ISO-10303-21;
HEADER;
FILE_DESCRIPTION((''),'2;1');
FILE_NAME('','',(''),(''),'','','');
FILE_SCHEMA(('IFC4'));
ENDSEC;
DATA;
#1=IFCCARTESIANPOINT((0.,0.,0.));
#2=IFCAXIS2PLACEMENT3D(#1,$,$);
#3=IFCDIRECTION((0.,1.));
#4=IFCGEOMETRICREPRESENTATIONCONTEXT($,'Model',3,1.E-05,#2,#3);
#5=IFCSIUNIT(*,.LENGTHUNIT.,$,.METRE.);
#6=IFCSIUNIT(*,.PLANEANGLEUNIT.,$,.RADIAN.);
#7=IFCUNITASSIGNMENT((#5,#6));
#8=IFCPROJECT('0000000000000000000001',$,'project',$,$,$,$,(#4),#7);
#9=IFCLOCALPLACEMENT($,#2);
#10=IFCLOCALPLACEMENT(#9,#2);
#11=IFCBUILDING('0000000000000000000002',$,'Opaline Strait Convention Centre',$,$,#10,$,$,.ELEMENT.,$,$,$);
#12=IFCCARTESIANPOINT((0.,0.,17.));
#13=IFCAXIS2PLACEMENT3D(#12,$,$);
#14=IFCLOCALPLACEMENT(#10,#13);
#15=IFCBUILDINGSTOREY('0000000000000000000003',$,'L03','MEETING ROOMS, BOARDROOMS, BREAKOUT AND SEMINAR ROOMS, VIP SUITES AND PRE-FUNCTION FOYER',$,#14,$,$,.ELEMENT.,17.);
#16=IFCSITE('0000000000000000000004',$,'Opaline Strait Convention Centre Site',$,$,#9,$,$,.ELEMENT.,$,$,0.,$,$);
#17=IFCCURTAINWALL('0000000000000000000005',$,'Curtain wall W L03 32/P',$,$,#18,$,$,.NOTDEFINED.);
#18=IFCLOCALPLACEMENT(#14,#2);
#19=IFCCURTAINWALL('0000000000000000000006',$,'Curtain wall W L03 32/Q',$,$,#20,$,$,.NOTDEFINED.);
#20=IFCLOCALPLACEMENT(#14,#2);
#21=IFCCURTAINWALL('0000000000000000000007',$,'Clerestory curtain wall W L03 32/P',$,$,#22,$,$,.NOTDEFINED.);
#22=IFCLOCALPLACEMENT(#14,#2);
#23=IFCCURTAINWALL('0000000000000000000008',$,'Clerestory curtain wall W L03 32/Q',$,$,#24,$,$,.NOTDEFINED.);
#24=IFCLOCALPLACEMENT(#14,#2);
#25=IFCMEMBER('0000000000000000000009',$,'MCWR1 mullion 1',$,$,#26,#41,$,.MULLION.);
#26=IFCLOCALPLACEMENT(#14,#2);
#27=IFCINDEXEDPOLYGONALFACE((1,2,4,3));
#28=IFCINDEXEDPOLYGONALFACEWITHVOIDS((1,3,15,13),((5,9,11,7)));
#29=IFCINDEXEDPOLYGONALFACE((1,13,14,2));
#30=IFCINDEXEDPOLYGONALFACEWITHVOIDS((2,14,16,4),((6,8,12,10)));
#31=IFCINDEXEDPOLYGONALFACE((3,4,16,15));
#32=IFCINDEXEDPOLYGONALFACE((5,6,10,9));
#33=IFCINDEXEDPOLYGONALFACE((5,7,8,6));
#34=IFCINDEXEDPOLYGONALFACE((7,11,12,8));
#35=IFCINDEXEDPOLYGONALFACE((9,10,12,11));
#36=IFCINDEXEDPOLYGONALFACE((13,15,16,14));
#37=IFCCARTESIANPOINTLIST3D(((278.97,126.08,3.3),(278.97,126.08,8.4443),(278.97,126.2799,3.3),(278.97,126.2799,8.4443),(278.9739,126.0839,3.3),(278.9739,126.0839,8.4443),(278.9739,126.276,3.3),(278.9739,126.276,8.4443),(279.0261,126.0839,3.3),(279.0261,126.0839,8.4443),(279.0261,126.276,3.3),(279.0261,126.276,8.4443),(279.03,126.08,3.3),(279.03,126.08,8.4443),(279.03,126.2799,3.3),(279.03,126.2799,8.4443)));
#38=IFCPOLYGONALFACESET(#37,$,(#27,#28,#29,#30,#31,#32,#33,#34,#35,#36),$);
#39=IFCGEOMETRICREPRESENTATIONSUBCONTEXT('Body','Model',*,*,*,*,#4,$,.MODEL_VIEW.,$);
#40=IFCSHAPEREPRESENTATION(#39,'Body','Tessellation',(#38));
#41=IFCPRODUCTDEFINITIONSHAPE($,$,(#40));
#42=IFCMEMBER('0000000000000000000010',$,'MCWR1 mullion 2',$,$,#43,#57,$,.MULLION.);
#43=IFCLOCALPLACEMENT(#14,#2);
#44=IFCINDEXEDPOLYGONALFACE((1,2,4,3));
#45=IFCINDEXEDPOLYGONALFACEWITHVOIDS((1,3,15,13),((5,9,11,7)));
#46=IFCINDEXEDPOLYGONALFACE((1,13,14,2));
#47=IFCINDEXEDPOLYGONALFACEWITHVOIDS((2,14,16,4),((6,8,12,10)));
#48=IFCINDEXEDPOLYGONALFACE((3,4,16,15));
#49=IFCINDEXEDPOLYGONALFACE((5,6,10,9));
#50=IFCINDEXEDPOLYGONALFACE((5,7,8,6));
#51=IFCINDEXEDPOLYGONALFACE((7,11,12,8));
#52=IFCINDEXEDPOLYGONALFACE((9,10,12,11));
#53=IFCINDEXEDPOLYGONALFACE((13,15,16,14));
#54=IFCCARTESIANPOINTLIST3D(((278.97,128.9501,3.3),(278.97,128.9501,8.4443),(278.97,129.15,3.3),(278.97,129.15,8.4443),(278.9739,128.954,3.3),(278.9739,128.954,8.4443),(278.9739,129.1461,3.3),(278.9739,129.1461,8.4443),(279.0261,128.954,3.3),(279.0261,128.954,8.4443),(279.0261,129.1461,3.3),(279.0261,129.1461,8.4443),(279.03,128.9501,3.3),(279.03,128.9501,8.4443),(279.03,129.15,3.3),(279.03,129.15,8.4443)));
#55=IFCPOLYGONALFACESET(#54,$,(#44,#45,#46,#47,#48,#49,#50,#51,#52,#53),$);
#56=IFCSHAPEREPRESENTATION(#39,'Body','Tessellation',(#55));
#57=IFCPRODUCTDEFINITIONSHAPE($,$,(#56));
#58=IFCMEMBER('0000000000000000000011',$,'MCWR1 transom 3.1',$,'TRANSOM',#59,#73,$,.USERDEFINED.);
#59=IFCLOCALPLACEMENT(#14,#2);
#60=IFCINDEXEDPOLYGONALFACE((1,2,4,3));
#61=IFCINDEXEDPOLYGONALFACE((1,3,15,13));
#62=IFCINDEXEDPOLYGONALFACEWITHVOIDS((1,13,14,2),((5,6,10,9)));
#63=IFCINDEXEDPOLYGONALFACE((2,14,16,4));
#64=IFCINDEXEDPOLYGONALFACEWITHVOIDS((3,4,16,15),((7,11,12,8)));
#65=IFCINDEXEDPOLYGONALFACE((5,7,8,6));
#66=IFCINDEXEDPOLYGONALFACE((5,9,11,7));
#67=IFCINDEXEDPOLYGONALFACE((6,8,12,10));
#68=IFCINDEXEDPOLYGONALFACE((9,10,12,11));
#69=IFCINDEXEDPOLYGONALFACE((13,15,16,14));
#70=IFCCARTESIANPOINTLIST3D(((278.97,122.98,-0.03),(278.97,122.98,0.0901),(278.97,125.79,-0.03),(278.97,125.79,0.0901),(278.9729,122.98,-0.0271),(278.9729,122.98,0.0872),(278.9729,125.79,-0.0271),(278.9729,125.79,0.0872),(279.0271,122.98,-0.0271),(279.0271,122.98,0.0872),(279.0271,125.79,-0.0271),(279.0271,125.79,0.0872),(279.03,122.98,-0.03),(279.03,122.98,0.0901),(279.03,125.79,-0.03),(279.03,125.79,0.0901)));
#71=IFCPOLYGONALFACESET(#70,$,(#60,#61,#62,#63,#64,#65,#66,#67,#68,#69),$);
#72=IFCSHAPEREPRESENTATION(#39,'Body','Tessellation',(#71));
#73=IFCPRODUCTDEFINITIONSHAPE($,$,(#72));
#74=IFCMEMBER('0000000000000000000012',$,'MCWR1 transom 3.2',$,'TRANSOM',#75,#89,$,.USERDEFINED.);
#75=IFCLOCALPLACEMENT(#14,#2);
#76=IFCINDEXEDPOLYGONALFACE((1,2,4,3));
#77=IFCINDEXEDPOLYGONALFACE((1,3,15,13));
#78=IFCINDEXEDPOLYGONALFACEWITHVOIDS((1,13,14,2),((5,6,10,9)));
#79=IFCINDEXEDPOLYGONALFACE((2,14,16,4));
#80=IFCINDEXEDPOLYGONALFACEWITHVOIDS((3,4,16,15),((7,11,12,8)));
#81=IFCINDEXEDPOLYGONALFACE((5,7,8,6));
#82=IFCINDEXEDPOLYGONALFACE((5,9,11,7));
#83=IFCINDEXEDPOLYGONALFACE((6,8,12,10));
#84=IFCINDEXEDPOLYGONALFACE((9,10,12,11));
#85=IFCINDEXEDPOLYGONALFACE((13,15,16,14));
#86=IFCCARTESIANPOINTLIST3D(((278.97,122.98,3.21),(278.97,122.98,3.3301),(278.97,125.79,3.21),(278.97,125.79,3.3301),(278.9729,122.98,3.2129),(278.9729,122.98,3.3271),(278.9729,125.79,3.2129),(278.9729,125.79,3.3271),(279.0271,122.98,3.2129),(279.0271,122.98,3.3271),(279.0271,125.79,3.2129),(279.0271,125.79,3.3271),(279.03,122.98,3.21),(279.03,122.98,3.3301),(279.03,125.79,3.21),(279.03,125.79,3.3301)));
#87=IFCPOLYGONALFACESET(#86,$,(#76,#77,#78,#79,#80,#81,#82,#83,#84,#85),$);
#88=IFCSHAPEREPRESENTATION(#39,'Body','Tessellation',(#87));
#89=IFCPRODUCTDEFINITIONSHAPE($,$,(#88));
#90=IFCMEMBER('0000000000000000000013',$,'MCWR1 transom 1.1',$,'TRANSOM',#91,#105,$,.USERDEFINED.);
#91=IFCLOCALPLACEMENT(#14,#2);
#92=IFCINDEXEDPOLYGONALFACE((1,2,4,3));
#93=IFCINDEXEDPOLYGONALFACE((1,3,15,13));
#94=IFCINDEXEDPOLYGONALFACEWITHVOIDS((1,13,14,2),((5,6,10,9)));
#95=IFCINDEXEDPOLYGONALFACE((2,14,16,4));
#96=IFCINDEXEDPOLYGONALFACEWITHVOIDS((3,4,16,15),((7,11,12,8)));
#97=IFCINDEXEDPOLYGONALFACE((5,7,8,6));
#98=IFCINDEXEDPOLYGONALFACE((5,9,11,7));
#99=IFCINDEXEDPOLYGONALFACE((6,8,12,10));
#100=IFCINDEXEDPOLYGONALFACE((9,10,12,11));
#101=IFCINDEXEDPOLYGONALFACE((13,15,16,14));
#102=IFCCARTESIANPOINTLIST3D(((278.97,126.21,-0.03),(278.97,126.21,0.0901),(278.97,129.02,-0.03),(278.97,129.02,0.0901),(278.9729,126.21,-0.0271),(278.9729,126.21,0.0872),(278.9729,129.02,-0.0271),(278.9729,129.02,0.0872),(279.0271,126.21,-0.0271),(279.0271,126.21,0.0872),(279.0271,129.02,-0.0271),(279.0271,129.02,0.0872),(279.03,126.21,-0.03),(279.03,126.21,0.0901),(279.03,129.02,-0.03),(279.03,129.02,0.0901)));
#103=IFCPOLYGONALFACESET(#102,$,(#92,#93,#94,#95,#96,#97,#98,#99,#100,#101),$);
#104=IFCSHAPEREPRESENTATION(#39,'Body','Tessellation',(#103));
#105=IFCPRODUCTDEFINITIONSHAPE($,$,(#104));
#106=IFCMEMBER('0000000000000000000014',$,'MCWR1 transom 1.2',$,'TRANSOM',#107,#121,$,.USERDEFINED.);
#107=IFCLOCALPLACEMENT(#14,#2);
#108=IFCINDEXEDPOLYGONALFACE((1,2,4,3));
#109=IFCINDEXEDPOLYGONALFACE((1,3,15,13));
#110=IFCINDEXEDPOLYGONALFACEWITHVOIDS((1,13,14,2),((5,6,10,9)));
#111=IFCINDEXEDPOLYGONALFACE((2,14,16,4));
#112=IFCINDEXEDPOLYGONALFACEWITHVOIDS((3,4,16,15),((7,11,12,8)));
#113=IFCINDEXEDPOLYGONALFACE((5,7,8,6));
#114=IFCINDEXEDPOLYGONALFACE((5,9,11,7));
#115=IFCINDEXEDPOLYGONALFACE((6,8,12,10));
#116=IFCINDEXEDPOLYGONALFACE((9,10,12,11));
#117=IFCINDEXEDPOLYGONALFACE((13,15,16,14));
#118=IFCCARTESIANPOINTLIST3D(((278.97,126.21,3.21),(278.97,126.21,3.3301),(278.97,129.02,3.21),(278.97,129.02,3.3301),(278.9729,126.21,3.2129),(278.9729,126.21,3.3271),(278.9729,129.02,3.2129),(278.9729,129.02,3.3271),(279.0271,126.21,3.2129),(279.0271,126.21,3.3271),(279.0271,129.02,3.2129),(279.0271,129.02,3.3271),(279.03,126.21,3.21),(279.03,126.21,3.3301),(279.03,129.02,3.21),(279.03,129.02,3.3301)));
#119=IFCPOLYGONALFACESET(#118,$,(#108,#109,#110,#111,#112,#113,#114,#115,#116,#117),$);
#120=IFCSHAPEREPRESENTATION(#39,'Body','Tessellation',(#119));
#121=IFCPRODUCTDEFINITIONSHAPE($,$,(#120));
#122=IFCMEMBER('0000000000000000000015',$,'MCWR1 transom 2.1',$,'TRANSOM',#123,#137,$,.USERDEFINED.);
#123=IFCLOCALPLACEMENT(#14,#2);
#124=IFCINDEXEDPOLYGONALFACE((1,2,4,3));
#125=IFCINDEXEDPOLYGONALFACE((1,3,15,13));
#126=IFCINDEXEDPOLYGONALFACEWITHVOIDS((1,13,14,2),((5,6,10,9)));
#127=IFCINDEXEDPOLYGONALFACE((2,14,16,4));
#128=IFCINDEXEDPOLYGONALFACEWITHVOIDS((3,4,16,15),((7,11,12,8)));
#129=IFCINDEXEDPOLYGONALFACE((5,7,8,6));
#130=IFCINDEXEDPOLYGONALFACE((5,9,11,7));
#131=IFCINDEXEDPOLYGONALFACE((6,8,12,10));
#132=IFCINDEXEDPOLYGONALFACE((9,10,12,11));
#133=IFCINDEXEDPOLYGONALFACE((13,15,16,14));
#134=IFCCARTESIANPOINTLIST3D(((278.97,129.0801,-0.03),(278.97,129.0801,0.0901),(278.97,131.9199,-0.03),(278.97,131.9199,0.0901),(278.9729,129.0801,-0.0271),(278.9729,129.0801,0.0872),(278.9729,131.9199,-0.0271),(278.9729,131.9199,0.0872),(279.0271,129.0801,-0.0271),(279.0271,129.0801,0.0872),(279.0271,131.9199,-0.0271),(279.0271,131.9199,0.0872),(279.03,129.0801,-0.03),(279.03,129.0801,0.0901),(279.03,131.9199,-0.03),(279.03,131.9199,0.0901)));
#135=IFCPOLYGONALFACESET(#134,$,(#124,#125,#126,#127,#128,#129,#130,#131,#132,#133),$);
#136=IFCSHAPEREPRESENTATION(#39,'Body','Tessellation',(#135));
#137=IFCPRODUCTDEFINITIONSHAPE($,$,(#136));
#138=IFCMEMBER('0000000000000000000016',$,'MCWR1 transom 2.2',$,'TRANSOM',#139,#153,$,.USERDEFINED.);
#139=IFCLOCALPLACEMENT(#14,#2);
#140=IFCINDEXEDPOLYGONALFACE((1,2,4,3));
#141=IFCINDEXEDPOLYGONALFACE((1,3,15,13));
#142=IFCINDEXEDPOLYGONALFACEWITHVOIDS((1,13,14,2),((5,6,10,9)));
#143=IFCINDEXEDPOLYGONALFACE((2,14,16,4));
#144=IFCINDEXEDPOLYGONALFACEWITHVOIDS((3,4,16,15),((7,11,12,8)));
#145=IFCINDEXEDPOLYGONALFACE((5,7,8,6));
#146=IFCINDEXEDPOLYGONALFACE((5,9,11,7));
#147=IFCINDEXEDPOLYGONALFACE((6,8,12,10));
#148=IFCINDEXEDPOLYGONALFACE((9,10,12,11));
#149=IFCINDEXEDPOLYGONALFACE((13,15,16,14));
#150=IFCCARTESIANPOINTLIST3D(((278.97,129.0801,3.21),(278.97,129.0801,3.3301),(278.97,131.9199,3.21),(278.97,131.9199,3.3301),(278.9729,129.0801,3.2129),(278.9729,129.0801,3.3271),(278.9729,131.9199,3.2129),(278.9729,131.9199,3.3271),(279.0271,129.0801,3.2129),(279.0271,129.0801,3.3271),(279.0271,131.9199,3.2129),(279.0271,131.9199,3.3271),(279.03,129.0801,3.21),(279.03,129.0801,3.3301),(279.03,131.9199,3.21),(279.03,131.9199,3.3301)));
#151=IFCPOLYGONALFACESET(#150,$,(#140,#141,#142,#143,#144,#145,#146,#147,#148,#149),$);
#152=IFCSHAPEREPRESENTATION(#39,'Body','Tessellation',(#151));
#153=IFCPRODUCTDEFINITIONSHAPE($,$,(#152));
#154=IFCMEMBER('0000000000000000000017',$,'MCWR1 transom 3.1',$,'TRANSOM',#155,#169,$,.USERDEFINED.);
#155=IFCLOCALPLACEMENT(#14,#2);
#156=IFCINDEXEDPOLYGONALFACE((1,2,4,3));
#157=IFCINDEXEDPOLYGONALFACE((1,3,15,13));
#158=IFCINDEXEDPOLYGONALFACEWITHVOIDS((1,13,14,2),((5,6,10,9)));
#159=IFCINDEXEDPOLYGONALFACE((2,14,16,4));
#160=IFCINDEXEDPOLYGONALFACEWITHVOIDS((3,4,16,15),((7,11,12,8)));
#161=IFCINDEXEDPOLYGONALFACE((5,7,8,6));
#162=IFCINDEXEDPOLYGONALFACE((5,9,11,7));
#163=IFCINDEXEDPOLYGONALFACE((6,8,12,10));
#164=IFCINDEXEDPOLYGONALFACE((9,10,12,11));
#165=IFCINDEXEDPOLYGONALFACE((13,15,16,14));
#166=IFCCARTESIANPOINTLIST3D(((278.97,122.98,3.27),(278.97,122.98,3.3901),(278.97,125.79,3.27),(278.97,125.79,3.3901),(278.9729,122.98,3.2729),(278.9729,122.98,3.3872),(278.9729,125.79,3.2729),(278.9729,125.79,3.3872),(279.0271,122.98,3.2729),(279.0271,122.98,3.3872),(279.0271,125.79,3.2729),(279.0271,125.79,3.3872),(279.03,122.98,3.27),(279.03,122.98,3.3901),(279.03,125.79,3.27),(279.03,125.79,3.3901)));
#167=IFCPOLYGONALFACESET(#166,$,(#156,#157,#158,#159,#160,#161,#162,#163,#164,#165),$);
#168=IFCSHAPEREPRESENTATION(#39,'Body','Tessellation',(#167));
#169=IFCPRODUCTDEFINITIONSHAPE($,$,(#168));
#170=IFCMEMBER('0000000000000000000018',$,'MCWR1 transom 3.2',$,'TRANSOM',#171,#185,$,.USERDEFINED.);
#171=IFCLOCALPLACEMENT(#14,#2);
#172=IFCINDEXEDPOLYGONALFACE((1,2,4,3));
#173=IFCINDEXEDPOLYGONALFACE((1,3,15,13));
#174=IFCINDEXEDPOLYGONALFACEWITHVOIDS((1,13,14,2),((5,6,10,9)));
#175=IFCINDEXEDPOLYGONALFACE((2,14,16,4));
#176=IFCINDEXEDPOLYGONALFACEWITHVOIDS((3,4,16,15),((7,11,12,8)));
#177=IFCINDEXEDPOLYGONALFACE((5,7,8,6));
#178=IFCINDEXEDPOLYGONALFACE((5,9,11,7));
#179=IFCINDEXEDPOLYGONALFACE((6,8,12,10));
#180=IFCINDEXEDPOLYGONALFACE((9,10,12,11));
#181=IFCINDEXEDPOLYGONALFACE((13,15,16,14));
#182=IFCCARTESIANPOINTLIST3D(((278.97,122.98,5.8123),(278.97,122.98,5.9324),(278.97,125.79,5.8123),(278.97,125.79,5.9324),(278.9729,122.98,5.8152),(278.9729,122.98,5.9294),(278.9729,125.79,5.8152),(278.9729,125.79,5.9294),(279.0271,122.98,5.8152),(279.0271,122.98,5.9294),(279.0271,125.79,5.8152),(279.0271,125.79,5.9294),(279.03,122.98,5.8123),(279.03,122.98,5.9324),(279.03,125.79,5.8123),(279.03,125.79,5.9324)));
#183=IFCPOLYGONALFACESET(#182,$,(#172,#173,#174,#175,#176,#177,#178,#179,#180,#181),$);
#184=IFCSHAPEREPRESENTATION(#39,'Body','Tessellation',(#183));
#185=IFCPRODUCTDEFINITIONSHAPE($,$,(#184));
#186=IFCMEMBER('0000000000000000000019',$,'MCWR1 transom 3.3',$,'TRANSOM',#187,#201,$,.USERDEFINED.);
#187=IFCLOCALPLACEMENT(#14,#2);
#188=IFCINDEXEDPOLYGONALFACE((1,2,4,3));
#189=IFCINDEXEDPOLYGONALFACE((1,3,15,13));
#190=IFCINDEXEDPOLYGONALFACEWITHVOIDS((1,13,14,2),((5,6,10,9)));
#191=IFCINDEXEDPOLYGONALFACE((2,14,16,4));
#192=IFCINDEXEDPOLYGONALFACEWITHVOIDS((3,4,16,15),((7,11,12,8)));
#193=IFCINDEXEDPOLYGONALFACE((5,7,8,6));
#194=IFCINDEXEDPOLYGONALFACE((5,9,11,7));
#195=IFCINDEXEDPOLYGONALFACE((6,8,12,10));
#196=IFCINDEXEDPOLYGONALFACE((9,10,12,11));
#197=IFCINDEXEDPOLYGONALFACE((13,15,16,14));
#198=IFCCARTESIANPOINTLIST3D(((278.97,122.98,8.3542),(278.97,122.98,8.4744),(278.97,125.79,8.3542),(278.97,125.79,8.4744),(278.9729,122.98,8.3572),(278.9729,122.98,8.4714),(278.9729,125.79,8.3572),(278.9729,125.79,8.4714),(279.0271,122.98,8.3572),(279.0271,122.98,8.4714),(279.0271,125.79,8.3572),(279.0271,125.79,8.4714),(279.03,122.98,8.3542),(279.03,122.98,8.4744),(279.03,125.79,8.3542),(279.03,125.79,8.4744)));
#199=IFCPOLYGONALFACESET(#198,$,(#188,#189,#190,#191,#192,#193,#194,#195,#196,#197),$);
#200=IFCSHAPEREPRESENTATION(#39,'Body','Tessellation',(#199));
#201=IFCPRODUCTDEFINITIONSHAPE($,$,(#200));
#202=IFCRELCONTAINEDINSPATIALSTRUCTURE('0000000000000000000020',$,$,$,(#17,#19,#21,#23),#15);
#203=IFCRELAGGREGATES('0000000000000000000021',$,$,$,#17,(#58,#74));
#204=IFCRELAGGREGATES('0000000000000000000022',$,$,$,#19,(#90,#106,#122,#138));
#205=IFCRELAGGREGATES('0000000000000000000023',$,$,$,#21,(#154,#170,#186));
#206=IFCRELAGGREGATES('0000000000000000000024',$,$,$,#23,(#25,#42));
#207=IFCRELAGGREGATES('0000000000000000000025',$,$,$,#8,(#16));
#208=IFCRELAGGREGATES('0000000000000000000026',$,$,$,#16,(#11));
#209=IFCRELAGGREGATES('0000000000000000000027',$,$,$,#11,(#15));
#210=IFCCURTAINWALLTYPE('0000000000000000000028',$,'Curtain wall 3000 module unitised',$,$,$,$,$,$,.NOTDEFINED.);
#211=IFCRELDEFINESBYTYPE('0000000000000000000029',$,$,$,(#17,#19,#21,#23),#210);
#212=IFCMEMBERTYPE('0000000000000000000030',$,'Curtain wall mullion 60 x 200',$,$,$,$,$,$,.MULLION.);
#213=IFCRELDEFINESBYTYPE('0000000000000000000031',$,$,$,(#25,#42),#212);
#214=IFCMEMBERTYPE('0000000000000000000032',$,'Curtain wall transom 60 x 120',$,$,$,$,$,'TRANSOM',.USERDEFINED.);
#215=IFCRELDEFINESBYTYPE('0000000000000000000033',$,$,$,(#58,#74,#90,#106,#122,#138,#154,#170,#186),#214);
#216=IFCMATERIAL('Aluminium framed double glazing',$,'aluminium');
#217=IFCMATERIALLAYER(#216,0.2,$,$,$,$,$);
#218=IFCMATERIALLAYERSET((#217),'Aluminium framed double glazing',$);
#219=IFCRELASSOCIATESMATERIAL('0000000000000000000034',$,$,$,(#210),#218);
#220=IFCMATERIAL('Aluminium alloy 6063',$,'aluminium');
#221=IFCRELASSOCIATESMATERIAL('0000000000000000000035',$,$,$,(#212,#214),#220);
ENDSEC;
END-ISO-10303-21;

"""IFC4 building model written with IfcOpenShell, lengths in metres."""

from ifc_helpers import new_model, si_unit, direction, frame, origin, origin_2d, place, context, subcontext, project, spatial, hollow_rectangle, extrude, material, layer, layer_set, material_profile, profile_set, type_object, element, aggregate, save


model = new_model("IFC4")

# Units and contexts
model_context = context("Model", 3, precision=1e-05, world=origin(), true_north=direction((0.0, 1.0)))
body_context = subcontext(model_context, "Body", "Model", "MODEL_VIEW")
ifc_project = project(units=[si_unit("LENGTHUNIT", "METRE"), si_unit("PLANEANGLEUNIT", "RADIAN")], contexts=[model_context])

# Site, building, storey
site_placement = place(None, origin())
site = spatial("IfcSite", under=ifc_project, at=site_placement, Name="Opaline Strait Convention Centre Site", CompositionType="ELEMENT", RefElevation=0.0)
building_placement = place(site_placement, origin())
building = spatial("IfcBuilding", under=site, at=building_placement, Name="Opaline Strait Convention Centre", CompositionType="ELEMENT")
storey_placement = place(building_placement, frame((0.0, 0.0, 17.0)))
storey = spatial("IfcBuildingStorey", under=building, at=storey_placement, Name="L03", Description="MEETING ROOMS, BOARDROOMS, BREAKOUT AND SEMINAR ROOMS, VIP SUITES AND PRE-FUNCTION FOYER", CompositionType="ELEMENT", Elevation=17.0)

# Curtain walls, members
ifc_material_1 = material(Name="Aluminium framed double glazing", Category="aluminium")
ifc_layer_1 = layer(ifc_material_1, 0.2)
ifc_layer_set_1 = layer_set([ifc_layer_1], Name="Aluminium framed double glazing")
curtain_wall_type = type_object("IfcCurtainWallType", Name="Curtain wall 3000 module unitised", PredefinedType="NOTDEFINED", material=ifc_layer_set_1)
curtain_wall_1_placement = place(storey_placement, origin())
curtain_wall_1 = element("IfcCurtainWall", 1, at=curtain_wall_1_placement, inside=storey, type_object=curtain_wall_type, Name="Curtain wall W L03 32/P", PredefinedType="NOTDEFINED")
ifc_material_2 = material(Name="Aluminium alloy 6063", Category="aluminium")
ifc_material_profile_1 = material_profile(ifc_material_2, hollow_rectangle(XDim=0.0601, YDim=0.2, WallThickness=0.0039, at=origin_2d()), Name="MULLION 60x200x4")
ifc_profile_set_1 = profile_set([ifc_material_profile_1], Name="Aluminium alloy 6063")
member_type_1 = type_object("IfcMemberType", Name="Curtain wall mullion 60 x 200", PredefinedType="MULLION", material=ifc_profile_set_1)
curtain_wall_2_placement = place(storey_placement, origin())
curtain_wall_2 = element("IfcCurtainWall", 2, at=curtain_wall_2_placement, inside=storey, type_object=curtain_wall_type, Name="Curtain wall W L03 32/Q", PredefinedType="NOTDEFINED")
curtain_wall_3_placement = place(storey_placement, origin())
curtain_wall_3 = element("IfcCurtainWall", 3, at=curtain_wall_3_placement, inside=storey, type_object=curtain_wall_type, Name="Clerestory curtain wall W L03 32/P", PredefinedType="NOTDEFINED")
curtain_wall_4_placement = place(storey_placement, origin())
curtain_wall_4 = element("IfcCurtainWall", 4, at=curtain_wall_4_placement, inside=storey, type_object=curtain_wall_type, Name="Clerestory curtain wall W L03 32/Q", PredefinedType="NOTDEFINED")
member_1_placement = place(storey_placement, frame((279.0, 126.1799, 3.3), z_axis=(0.0, 0.0, 1.0), x_axis=(-1.0, 0.0, 0.0)))
member_1 = element("IfcMember", 5, at=member_1_placement, type_object=member_type_1, Name="MCWR1 mullion 1", PredefinedType="MULLION", context=body_context, shape_type="SweptSolid", body=[
    extrude(hollow_rectangle(XDim=0.0601, YDim=0.2, WallThickness=0.0039, at=origin_2d()), origin(), (0.0, 0.0, 1.0), 5.1443),
])
member_2_placement = place(storey_placement, frame((279.0, 129.05, 3.3), z_axis=(0.0, 0.0, 1.0), x_axis=(-1.0, 0.0, 0.0)))
member_2 = element("IfcMember", 6, at=member_2_placement, type_object=member_type_1, Name="MCWR1 mullion 2", PredefinedType="MULLION", context=body_context, shape_type="SweptSolid", body=[
    extrude(hollow_rectangle(XDim=0.0601, YDim=0.2, WallThickness=0.0039, at=origin_2d()), origin(), (0.0, 0.0, 1.0), 5.1443),
])

# Members
ifc_material_profile_2 = material_profile(ifc_material_2, hollow_rectangle(XDim=0.0601, YDim=0.1201, WallThickness=0.0029, at=origin_2d()), Name="TRANSOM 60x120x3")
ifc_profile_set_2 = profile_set([ifc_material_profile_2], Name="Aluminium alloy 6063")
member_type_2 = type_object("IfcMemberType", Name="Curtain wall transom 60 x 120", ElementType="TRANSOM", PredefinedType="USERDEFINED", material=ifc_profile_set_2)
member_3_placement = place(storey_placement, frame((279.0, 122.98, 0.03), z_axis=(0.0, 1.0, 0.0), x_axis=(-1.0, 0.0, 0.0)))
member_3 = element("IfcMember", 7, at=member_3_placement, type_object=member_type_2, Name="MCWR1 transom 3.1", ObjectType="TRANSOM", PredefinedType="USERDEFINED", context=body_context, shape_type="SweptSolid", body=[
    extrude(hollow_rectangle(XDim=0.0601, YDim=0.1201, WallThickness=0.0029, at=origin_2d()), origin(), (0.0, 0.0, 1.0), 2.8101),
])
member_4_placement = place(storey_placement, frame((279.0, 122.98, 3.27), z_axis=(0.0, 1.0, 0.0), x_axis=(-1.0, 0.0, 0.0)))
member_4 = element("IfcMember", 8, at=member_4_placement, type_object=member_type_2, Name="MCWR1 transom 3.2", ObjectType="TRANSOM", PredefinedType="USERDEFINED", context=body_context, shape_type="SweptSolid", body=[
    extrude(hollow_rectangle(XDim=0.0601, YDim=0.1201, WallThickness=0.0029, at=origin_2d()), origin(), (0.0, 0.0, 1.0), 2.8101),
])
member_5_placement = place(storey_placement, frame((279.0, 126.21, 0.03), z_axis=(0.0, 1.0, 0.0), x_axis=(-1.0, 0.0, 0.0)))
member_5 = element("IfcMember", 9, at=member_5_placement, type_object=member_type_2, Name="MCWR1 transom 1.1", ObjectType="TRANSOM", PredefinedType="USERDEFINED", context=body_context, shape_type="SweptSolid", body=[
    extrude(hollow_rectangle(XDim=0.0601, YDim=0.1201, WallThickness=0.0029, at=origin_2d()), origin(), (0.0, 0.0, 1.0), 2.8101),
])
member_6_placement = place(storey_placement, frame((279.0, 126.21, 3.27), z_axis=(0.0, 1.0, 0.0), x_axis=(-1.0, 0.0, 0.0)))
member_6 = element("IfcMember", 10, at=member_6_placement, type_object=member_type_2, Name="MCWR1 transom 1.2", ObjectType="TRANSOM", PredefinedType="USERDEFINED", context=body_context, shape_type="SweptSolid", body=[
    extrude(hollow_rectangle(XDim=0.0601, YDim=0.1201, WallThickness=0.0029, at=origin_2d()), origin(), (0.0, 0.0, 1.0), 2.8101),
])
member_7_placement = place(storey_placement, frame((279.0, 129.0801, 0.03), z_axis=(0.0, 1.0, 0.0), x_axis=(-1.0, 0.0, 0.0)))
member_7 = element("IfcMember", 11, at=member_7_placement, type_object=member_type_2, Name="MCWR1 transom 2.1", ObjectType="TRANSOM", PredefinedType="USERDEFINED", context=body_context, shape_type="SweptSolid", body=[
    extrude(hollow_rectangle(XDim=0.0601, YDim=0.1201, WallThickness=0.0029, at=origin_2d()), origin(), (0.0, 0.0, 1.0), 2.8398),
])
member_8_placement = place(storey_placement, frame((279.0, 129.0801, 3.27), z_axis=(0.0, 1.0, 0.0), x_axis=(-1.0, 0.0, 0.0)))
member_8 = element("IfcMember", 12, at=member_8_placement, type_object=member_type_2, Name="MCWR1 transom 2.2", ObjectType="TRANSOM", PredefinedType="USERDEFINED", context=body_context, shape_type="SweptSolid", body=[
    extrude(hollow_rectangle(XDim=0.0601, YDim=0.1201, WallThickness=0.0029, at=origin_2d()), origin(), (0.0, 0.0, 1.0), 2.8398),
])
member_9_placement = place(storey_placement, frame((279.0, 122.98, 3.3301), z_axis=(0.0, 1.0, 0.0), x_axis=(-1.0, 0.0, 0.0)))
member_9 = element("IfcMember", 13, at=member_9_placement, type_object=member_type_2, Name="MCWR1 transom 3.1", ObjectType="TRANSOM", PredefinedType="USERDEFINED", context=body_context, shape_type="SweptSolid", body=[
    extrude(hollow_rectangle(XDim=0.0601, YDim=0.1201, WallThickness=0.0029, at=origin_2d()), origin(), (0.0, 0.0, 1.0), 2.8101),
])
member_10_placement = place(storey_placement, frame((279.0, 122.98, 5.8723), z_axis=(0.0, 1.0, 0.0), x_axis=(-1.0, 0.0, 0.0)))
member_10 = element("IfcMember", 14, at=member_10_placement, type_object=member_type_2, Name="MCWR1 transom 3.2", ObjectType="TRANSOM", PredefinedType="USERDEFINED", context=body_context, shape_type="SweptSolid", body=[
    extrude(hollow_rectangle(XDim=0.0601, YDim=0.1201, WallThickness=0.0029, at=origin_2d()), origin(), (0.0, 0.0, 1.0), 2.8101),
])
member_11_placement = place(storey_placement, frame((279.0, 122.98, 8.4143), z_axis=(0.0, 1.0, 0.0), x_axis=(-1.0, 0.0, 0.0)))
member_11 = element("IfcMember", 15, at=member_11_placement, type_object=member_type_2, Name="MCWR1 transom 3.3", ObjectType="TRANSOM", PredefinedType="USERDEFINED", context=body_context, shape_type="SweptSolid", body=[
    extrude(hollow_rectangle(XDim=0.0601, YDim=0.1201, WallThickness=0.0029, at=origin_2d()), origin(), (0.0, 0.0, 1.0), 2.8101),
])

aggregate(curtain_wall_1, [member_3, member_4])
aggregate(curtain_wall_2, [member_5, member_6, member_7, member_8])
aggregate(curtain_wall_3, [member_9, member_10, member_11])
aggregate(curtain_wall_4, [member_1, member_2])

save(model, "model.ifc")
